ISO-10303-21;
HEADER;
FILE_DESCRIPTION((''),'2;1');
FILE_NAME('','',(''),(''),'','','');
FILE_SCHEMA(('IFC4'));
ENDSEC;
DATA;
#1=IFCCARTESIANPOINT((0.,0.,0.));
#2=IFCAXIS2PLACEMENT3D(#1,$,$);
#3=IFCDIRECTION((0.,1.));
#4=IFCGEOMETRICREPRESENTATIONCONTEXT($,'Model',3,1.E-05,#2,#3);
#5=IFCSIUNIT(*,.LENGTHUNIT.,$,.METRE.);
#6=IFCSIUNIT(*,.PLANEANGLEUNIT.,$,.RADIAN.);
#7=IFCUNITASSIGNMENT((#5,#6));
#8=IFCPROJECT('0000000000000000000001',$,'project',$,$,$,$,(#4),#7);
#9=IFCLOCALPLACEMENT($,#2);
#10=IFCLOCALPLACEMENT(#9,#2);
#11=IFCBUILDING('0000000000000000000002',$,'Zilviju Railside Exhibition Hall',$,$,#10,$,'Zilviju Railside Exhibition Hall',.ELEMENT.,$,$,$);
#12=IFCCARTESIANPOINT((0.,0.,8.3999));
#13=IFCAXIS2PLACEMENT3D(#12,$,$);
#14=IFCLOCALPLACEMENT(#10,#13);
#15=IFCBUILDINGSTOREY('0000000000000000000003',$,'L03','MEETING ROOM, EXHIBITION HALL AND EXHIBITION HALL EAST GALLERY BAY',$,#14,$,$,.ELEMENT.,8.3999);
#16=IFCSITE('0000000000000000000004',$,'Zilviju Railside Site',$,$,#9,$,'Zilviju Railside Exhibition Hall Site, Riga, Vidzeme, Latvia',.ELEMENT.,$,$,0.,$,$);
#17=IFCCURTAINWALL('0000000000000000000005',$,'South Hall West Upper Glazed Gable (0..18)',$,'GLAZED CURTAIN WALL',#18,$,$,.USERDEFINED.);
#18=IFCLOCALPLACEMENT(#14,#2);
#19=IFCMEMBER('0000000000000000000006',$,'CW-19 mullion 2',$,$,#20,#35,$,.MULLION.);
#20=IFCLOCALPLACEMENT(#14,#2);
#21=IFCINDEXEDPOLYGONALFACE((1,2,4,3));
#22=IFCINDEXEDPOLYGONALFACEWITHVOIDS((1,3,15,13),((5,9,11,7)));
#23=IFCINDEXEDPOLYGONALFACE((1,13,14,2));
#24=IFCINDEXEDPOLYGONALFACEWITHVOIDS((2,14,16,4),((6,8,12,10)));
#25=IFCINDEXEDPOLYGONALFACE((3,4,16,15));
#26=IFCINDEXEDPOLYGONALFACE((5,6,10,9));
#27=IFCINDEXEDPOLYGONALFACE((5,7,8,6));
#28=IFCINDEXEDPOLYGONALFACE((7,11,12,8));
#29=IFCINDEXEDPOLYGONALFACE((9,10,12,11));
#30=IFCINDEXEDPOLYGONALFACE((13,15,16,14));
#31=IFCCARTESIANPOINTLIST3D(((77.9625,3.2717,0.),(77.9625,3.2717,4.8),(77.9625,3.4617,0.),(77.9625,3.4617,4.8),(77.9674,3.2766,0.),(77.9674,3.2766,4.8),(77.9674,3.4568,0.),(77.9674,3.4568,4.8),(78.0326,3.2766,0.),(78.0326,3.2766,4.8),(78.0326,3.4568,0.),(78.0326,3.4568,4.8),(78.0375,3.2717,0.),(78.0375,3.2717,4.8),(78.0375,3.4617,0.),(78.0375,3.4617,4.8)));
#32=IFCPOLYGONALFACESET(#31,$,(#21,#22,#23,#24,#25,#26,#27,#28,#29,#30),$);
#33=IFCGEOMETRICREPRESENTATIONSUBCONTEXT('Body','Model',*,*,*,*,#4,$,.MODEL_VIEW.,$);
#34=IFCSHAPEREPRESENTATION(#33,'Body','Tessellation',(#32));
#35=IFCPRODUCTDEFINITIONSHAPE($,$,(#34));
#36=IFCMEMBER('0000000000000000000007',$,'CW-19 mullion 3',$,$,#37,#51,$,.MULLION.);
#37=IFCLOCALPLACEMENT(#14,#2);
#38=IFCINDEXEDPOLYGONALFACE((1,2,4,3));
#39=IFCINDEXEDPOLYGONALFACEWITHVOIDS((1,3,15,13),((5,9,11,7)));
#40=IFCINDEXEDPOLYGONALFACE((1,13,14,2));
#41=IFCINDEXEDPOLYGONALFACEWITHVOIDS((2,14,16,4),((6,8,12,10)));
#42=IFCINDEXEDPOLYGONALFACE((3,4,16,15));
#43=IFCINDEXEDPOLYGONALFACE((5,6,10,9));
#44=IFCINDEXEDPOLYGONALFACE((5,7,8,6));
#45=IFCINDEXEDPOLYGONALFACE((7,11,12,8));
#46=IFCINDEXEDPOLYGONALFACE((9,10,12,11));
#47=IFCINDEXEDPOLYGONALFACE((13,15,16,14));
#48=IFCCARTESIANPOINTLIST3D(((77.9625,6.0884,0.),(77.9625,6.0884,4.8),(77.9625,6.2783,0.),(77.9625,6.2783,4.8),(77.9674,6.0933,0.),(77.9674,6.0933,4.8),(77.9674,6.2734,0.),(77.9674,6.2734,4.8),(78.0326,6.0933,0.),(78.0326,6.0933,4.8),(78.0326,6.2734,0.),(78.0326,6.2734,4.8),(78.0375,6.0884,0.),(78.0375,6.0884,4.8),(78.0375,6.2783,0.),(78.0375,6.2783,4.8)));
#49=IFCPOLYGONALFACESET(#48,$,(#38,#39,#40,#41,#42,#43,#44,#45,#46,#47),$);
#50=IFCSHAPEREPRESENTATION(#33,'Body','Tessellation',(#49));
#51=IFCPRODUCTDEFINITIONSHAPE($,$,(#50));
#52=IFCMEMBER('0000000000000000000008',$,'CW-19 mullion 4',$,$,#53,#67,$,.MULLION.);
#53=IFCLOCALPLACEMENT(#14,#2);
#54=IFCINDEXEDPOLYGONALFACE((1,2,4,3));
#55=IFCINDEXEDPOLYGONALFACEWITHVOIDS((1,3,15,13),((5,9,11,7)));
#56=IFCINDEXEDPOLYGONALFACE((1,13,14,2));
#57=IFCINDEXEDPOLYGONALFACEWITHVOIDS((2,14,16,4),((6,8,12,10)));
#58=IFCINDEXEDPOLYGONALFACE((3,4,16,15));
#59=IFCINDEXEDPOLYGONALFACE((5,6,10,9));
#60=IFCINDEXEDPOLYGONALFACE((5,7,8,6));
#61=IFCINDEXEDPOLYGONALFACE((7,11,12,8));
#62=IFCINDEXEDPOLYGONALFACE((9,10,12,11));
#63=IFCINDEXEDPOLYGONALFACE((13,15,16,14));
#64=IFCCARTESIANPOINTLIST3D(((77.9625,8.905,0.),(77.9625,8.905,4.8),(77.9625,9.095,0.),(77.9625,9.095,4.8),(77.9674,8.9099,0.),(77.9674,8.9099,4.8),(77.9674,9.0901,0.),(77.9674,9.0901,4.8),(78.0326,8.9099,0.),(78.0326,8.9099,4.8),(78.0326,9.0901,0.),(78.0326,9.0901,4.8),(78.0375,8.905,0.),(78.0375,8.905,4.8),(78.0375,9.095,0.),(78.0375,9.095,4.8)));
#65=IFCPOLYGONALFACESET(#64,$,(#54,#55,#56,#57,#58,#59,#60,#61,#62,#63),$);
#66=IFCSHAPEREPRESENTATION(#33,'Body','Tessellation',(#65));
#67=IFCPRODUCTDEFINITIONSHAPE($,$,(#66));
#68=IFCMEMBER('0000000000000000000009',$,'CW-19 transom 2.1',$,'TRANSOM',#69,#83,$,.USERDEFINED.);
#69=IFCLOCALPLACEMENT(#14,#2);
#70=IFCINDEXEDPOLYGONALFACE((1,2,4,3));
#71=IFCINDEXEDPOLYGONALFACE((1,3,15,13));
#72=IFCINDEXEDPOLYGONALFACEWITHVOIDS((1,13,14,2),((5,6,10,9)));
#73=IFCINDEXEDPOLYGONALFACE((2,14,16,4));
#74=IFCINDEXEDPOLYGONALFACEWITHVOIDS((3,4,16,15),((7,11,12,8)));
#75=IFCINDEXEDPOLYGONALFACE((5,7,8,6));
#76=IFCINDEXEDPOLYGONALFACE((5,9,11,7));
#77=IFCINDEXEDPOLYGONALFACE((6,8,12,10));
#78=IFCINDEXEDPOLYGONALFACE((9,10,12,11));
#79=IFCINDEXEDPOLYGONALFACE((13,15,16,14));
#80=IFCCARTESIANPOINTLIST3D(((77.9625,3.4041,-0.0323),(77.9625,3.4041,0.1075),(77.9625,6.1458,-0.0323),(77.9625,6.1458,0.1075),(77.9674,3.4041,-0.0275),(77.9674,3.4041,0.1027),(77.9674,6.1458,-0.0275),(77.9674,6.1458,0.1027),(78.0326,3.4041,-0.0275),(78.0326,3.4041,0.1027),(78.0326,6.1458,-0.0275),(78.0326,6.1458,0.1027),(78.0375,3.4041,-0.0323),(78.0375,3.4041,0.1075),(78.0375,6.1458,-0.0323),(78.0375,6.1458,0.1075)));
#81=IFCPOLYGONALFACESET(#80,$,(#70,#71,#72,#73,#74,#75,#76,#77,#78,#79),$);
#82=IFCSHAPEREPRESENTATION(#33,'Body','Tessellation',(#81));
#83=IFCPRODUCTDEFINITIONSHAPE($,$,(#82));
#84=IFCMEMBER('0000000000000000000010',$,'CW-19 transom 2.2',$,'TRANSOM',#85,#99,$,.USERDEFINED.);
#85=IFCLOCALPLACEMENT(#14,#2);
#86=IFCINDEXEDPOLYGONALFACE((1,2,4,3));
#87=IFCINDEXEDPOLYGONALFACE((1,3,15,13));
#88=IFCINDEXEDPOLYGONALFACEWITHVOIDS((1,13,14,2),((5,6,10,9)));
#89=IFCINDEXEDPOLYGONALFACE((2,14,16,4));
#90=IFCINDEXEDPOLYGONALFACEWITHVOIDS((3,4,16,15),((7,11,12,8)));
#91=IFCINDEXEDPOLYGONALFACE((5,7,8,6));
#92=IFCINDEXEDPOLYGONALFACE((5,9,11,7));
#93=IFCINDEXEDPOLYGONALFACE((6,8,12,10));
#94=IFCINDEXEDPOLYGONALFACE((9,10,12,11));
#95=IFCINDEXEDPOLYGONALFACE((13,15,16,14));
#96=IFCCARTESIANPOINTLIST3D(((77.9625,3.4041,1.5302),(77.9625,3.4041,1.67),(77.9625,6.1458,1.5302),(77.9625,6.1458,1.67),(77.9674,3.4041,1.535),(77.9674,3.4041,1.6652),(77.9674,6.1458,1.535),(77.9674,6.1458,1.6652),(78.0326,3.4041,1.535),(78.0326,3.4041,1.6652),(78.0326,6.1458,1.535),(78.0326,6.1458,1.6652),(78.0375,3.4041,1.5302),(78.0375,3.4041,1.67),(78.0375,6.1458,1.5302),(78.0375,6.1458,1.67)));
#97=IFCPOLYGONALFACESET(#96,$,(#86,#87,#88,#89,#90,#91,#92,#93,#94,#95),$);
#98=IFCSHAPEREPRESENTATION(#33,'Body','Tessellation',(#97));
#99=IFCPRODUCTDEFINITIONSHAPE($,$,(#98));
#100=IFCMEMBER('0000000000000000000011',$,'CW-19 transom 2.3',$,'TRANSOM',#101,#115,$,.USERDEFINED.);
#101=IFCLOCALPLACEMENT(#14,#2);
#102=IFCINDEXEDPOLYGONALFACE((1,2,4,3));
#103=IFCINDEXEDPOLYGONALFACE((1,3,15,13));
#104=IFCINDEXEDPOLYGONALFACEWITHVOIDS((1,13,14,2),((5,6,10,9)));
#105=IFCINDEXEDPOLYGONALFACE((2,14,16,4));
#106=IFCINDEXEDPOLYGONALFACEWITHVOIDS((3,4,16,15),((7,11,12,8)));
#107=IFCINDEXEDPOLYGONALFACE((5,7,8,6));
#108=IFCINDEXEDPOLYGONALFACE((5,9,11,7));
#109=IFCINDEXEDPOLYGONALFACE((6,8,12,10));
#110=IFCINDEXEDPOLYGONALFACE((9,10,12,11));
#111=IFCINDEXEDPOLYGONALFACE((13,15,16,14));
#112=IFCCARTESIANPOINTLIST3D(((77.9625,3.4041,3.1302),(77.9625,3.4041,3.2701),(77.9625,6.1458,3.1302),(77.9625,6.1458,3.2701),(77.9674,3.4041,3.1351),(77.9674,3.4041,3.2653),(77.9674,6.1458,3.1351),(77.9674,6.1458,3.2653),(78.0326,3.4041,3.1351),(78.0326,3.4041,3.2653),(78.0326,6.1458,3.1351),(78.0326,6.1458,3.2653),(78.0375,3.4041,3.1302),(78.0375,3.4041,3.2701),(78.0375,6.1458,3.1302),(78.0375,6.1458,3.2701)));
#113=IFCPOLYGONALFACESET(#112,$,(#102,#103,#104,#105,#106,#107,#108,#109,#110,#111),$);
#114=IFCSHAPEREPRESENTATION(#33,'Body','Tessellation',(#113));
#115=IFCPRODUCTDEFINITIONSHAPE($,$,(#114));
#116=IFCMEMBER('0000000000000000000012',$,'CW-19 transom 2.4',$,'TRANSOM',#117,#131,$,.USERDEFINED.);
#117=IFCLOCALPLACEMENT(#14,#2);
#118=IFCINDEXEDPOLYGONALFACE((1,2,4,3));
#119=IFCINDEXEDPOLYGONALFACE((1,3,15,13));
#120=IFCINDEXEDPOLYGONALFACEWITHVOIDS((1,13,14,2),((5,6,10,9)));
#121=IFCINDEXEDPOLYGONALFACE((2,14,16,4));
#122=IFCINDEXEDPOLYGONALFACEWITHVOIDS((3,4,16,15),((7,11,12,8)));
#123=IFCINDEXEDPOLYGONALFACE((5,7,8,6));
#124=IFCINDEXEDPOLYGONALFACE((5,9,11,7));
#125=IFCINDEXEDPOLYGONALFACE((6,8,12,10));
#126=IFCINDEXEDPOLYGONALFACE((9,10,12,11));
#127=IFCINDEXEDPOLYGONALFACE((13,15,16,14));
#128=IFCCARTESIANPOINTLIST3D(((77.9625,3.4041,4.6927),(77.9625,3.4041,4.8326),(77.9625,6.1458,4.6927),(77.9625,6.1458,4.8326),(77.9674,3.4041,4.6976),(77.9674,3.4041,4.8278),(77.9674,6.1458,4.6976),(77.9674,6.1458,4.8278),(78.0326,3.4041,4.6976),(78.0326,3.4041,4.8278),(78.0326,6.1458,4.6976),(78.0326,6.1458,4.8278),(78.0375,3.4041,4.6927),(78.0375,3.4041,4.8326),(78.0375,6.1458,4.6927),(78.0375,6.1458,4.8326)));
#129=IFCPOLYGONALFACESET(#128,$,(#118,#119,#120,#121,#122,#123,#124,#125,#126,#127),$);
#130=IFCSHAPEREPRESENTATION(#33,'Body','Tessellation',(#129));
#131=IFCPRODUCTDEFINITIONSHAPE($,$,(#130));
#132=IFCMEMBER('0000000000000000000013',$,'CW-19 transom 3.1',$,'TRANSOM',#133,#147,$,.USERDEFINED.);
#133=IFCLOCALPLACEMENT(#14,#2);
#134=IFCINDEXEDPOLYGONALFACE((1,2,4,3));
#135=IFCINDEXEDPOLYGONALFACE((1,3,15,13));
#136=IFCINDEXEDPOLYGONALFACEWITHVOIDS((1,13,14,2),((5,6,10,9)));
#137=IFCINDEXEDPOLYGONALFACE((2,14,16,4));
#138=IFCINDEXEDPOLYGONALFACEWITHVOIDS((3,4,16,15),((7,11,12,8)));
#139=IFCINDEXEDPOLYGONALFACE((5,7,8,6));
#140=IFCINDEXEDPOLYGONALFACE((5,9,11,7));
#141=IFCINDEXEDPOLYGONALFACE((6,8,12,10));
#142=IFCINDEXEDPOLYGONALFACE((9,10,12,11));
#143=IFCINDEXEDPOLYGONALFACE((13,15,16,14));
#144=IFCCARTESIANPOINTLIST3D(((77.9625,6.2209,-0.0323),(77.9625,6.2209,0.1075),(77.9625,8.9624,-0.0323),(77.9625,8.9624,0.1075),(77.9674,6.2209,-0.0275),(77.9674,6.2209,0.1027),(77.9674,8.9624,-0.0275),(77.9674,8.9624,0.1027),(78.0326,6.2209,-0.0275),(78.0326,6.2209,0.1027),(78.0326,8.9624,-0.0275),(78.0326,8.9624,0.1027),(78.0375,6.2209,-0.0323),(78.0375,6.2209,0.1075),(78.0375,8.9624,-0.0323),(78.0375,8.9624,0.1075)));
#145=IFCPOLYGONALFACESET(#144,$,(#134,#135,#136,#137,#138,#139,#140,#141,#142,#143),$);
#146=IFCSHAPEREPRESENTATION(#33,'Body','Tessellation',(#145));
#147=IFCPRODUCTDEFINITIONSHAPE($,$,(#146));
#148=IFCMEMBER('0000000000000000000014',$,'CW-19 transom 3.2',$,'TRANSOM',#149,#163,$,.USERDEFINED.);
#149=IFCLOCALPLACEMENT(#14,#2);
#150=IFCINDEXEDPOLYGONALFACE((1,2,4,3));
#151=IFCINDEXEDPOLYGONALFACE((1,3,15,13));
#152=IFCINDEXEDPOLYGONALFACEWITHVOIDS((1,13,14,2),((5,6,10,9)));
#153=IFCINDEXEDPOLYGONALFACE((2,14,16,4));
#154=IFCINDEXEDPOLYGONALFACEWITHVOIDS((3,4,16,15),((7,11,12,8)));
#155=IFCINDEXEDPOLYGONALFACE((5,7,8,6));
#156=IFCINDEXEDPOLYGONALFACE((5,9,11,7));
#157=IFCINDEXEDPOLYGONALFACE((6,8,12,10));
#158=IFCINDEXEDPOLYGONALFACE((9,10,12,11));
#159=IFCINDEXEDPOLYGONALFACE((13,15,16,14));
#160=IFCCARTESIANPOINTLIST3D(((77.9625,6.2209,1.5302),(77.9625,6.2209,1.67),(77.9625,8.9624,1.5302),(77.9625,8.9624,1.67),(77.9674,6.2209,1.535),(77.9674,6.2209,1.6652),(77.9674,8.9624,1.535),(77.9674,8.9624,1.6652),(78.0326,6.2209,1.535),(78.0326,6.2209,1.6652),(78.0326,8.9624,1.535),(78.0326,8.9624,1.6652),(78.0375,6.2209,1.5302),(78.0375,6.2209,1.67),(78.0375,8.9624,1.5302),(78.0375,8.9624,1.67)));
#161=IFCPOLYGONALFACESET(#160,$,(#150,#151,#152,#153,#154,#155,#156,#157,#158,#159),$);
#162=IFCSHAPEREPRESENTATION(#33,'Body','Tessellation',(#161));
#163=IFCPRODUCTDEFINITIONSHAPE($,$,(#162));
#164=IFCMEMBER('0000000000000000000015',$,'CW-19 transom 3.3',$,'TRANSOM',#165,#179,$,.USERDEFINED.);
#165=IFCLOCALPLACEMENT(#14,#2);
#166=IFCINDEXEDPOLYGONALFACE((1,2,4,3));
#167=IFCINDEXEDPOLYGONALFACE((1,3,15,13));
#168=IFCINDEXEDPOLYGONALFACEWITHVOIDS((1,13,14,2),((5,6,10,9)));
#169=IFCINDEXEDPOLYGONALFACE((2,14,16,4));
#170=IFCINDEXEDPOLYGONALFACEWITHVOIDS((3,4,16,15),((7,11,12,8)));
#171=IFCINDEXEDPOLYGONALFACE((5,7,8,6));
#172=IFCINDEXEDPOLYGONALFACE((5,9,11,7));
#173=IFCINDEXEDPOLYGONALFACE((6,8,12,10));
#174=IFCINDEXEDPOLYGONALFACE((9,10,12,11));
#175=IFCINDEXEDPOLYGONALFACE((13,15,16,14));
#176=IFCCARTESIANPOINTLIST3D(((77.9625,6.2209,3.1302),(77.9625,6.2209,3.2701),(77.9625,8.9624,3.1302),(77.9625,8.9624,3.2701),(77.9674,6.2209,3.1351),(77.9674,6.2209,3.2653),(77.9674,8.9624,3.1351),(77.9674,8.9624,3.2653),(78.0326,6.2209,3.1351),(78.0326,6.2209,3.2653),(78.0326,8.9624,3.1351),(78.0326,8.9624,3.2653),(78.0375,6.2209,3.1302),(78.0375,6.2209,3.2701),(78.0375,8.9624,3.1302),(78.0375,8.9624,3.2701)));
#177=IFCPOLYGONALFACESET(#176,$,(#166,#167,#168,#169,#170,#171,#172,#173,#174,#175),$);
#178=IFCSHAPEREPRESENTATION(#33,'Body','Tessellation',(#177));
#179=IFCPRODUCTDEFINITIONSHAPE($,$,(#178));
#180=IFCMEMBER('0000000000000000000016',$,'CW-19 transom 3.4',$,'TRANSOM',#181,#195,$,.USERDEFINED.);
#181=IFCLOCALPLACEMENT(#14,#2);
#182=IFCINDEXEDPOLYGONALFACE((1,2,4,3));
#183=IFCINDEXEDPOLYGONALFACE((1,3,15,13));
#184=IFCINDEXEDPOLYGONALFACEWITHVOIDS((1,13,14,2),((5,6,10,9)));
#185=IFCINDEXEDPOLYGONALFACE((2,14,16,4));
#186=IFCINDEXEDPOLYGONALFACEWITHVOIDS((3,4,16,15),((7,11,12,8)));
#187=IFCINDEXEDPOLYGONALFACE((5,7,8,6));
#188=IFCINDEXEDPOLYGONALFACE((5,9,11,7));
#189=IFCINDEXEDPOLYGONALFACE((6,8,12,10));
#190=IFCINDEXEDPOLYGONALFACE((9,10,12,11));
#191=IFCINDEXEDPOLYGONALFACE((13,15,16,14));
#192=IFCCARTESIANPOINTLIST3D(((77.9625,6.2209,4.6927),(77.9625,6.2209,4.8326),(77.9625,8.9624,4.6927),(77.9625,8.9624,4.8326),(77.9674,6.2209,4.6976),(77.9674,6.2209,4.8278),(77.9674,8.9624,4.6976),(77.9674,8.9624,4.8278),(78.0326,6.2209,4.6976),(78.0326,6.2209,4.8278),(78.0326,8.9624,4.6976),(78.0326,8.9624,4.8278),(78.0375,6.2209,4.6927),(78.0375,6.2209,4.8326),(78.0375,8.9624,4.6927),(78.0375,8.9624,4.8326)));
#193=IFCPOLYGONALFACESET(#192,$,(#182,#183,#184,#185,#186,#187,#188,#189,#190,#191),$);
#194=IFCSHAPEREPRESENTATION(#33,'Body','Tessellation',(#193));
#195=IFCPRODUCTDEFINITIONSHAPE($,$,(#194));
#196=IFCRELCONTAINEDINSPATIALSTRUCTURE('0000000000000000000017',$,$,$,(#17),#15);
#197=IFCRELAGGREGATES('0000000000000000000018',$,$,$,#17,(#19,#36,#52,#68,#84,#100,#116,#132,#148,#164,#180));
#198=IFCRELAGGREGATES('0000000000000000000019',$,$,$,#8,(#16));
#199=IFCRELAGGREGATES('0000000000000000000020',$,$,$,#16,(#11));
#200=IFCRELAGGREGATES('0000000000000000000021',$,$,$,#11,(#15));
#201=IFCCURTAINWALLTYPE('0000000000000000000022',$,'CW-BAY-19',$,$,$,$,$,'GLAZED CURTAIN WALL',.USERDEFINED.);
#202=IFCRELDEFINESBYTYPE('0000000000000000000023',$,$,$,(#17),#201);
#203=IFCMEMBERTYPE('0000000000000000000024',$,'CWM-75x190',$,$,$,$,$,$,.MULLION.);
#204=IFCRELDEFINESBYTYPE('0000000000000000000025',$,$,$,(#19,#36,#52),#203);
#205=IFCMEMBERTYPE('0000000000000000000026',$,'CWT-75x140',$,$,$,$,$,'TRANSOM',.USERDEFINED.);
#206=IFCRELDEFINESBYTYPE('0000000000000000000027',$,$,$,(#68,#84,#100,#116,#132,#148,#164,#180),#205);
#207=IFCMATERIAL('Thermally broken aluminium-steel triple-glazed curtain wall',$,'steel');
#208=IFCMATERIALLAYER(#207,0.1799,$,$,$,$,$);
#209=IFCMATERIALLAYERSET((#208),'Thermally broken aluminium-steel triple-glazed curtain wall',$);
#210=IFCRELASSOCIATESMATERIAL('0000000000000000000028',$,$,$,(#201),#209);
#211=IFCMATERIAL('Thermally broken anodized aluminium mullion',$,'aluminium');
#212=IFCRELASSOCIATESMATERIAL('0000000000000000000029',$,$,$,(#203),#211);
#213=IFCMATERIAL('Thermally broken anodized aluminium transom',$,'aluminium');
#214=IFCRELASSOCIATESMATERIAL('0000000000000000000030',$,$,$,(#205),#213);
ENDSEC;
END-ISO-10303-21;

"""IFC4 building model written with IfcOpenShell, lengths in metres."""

from ifc_helpers import new_model, si_unit, direction, frame, origin, origin_2d, place, context, subcontext, project, spatial, hollow_rectangle, extrude, material, layer, layer_set, material_profile, profile_set, type_object, element, aggregate, save


model = new_model("IFC4")

# Units and contexts
model_context = context("Model", 3, precision=1e-05, world=origin(), true_north=direction((0.0, 1.0)))
body_context = subcontext(model_context, "Body", "Model", "MODEL_VIEW")
ifc_project = project(units=[si_unit("LENGTHUNIT", "METRE"), si_unit("PLANEANGLEUNIT", "RADIAN")], contexts=[model_context])

# Site, building, storey
site_placement = place(None, origin())
site = spatial("IfcSite", under=ifc_project, at=site_placement, Name="Zilviju Railside Site", LongName="Zilviju Railside Exhibition Hall Site, Riga, Vidzeme, Latvia", CompositionType="ELEMENT", RefElevation=0.0)
building_placement = place(site_placement, origin())
building = spatial("IfcBuilding", under=site, at=building_placement, Name="Zilviju Railside Exhibition Hall", LongName="Zilviju Railside Exhibition Hall", CompositionType="ELEMENT")
storey_placement = place(building_placement, frame((0.0, 0.0, 8.3999)))
storey = spatial("IfcBuildingStorey", under=building, at=storey_placement, Name="L03", Description="MEETING ROOM, EXHIBITION HALL AND EXHIBITION HALL EAST GALLERY BAY", CompositionType="ELEMENT", Elevation=8.3999)

# Curtain wall, members
ifc_material_1 = material(Name="Thermally broken aluminium-steel triple-glazed curtain wall", Category="steel")
ifc_layer_1 = layer(ifc_material_1, 0.1799)
ifc_layer_set_1 = layer_set([ifc_layer_1], Name="Thermally broken aluminium-steel triple-glazed curtain wall")
curtain_wall_type = type_object("IfcCurtainWallType", Name="CW-BAY-19", ElementType="GLAZED CURTAIN WALL", PredefinedType="USERDEFINED", material=ifc_layer_set_1)
curtain_wall_placement = place(storey_placement, origin())
curtain_wall = element("IfcCurtainWall", 1, at=curtain_wall_placement, inside=storey, type_object=curtain_wall_type, Name="South Hall West Upper Glazed Gable (0..18)", ObjectType="GLAZED CURTAIN WALL", PredefinedType="USERDEFINED")
ifc_material_2 = material(Name="Thermally broken anodized aluminium mullion", Category="aluminium")
ifc_material_profile_1 = material_profile(ifc_material_2, hollow_rectangle(XDim=0.075, YDim=0.1899, WallThickness=0.0049, at=origin_2d()), Name="MULLION 190x75x5")
ifc_profile_set_1 = profile_set([ifc_material_profile_1], Name="Thermally broken anodized aluminium mullion")
member_type_1 = type_object("IfcMemberType", Name="CWM-75x190", PredefinedType="MULLION", material=ifc_profile_set_1)
member_1_placement = place(storey_placement, frame((78.0, 3.3667, 0.0), z_axis=(0.0, 0.0, 1.0), x_axis=(-1.0, 0.0, 0.0)))
member_1 = element("IfcMember", 2, at=member_1_placement, type_object=member_type_1, Name="CW-19 mullion 2", PredefinedType="MULLION", context=body_context, shape_type="SweptSolid", body=[
    extrude(hollow_rectangle(XDim=0.075, YDim=0.1899, WallThickness=0.0049, at=origin_2d()), origin(), (0.0, 0.0, 1.0), 4.8),
])
member_2_placement = place(storey_placement, frame((78.0, 6.1833, 0.0), z_axis=(0.0, 0.0, 1.0), x_axis=(-1.0, 0.0, 0.0)))
member_2 = element("IfcMember", 3, at=member_2_placement, type_object=member_type_1, Name="CW-19 mullion 3", PredefinedType="MULLION", context=body_context, shape_type="SweptSolid", body=[
    extrude(hollow_rectangle(XDim=0.075, YDim=0.1899, WallThickness=0.0049, at=origin_2d()), origin(), (0.0, 0.0, 1.0), 4.8),
])
member_3_placement = place(storey_placement, frame((78.0, 9.0, 0.0), z_axis=(0.0, 0.0, 1.0), x_axis=(-1.0, 0.0, 0.0)))
member_3 = element("IfcMember", 4, at=member_3_placement, type_object=member_type_1, Name="CW-19 mullion 4", PredefinedType="MULLION", context=body_context, shape_type="SweptSolid", body=[
    extrude(hollow_rectangle(XDim=0.075, YDim=0.1899, WallThickness=0.0049, at=origin_2d()), origin(), (0.0, 0.0, 1.0), 4.8),
])
ifc_material_3 = material(Name="Thermally broken anodized aluminium transom", Category="aluminium")
ifc_material_profile_2 = material_profile(ifc_material_3, hollow_rectangle(XDim=0.075, YDim=0.1399, WallThickness=0.0049, at=origin_2d()), Name="TRANSOM 140x75x5")
ifc_profile_set_2 = profile_set([ifc_material_profile_2], Name="Thermally broken anodized aluminium transom")
member_type_2 = type_object("IfcMemberType", Name="CWT-75x140", ElementType="TRANSOM", PredefinedType="USERDEFINED", material=ifc_profile_set_2)
member_4_placement = place(storey_placement, frame((78.0, 3.4041, 0.0376), z_axis=(0.0, 1.0, 0.0), x_axis=(-1.0, 0.0, 0.0)))
member_4 = element("IfcMember", 5, at=member_4_placement, type_object=member_type_2, Name="CW-19 transom 2.1", ObjectType="TRANSOM", PredefinedType="USERDEFINED", context=body_context, shape_type="SweptSolid", body=[
    extrude(hollow_rectangle(XDim=0.075, YDim=0.1399, WallThickness=0.0049, at=origin_2d()), origin(), (0.0, 0.0, 1.0), 2.7417),
])
member_5_placement = place(storey_placement, frame((78.0, 3.4041, 1.6001), z_axis=(0.0, 1.0, 0.0), x_axis=(-1.0, 0.0, 0.0)))
member_5 = element("IfcMember", 6, at=member_5_placement, type_object=member_type_2, Name="CW-19 transom 2.2", ObjectType="TRANSOM", PredefinedType="USERDEFINED", context=body_context, shape_type="SweptSolid", body=[
    extrude(hollow_rectangle(XDim=0.075, YDim=0.1399, WallThickness=0.0049, at=origin_2d()), origin(), (0.0, 0.0, 1.0), 2.7417),
])
member_6_placement = place(storey_placement, frame((78.0, 3.4041, 3.2002), z_axis=(0.0, 1.0, 0.0), x_axis=(-1.0, 0.0, 0.0)))
member_6 = element("IfcMember", 7, at=member_6_placement, type_object=member_type_2, Name="CW-19 transom 2.3", ObjectType="TRANSOM", PredefinedType="USERDEFINED", context=body_context, shape_type="SweptSolid", body=[
    extrude(hollow_rectangle(XDim=0.075, YDim=0.1399, WallThickness=0.0049, at=origin_2d()), origin(), (0.0, 0.0, 1.0), 2.7417),
])
member_7_placement = place(storey_placement, frame((78.0, 3.4041, 4.7627), z_axis=(0.0, 1.0, 0.0), x_axis=(-1.0, 0.0, 0.0)))
member_7 = element("IfcMember", 8, at=member_7_placement, type_object=member_type_2, Name="CW-19 transom 2.4", ObjectType="TRANSOM", PredefinedType="USERDEFINED", context=body_context, shape_type="SweptSolid", body=[
    extrude(hollow_rectangle(XDim=0.075, YDim=0.1399, WallThickness=0.0049, at=origin_2d()), origin(), (0.0, 0.0, 1.0), 2.7417),
])
member_8_placement = place(storey_placement, frame((78.0, 6.2209, 0.0376), z_axis=(0.0, 1.0, 0.0), x_axis=(-1.0, 0.0, 0.0)))
member_8 = element("IfcMember", 9, at=member_8_placement, type_object=member_type_2, Name="CW-19 transom 3.1", ObjectType="TRANSOM", PredefinedType="USERDEFINED", context=body_context, shape_type="SweptSolid", body=[
    extrude(hollow_rectangle(XDim=0.075, YDim=0.1399, WallThickness=0.0049, at=origin_2d()), origin(), (0.0, 0.0, 1.0), 2.7415),
])
member_9_placement = place(storey_placement, frame((78.0, 6.2209, 1.6001), z_axis=(0.0, 1.0, 0.0), x_axis=(-1.0, 0.0, 0.0)))
member_9 = element("IfcMember", 10, at=member_9_placement, type_object=member_type_2, Name="CW-19 transom 3.2", ObjectType="TRANSOM", PredefinedType="USERDEFINED", context=body_context, shape_type="SweptSolid", body=[
    extrude(hollow_rectangle(XDim=0.075, YDim=0.1399, WallThickness=0.0049, at=origin_2d()), origin(), (0.0, 0.0, 1.0), 2.7415),
])
member_10_placement = place(storey_placement, frame((78.0, 6.2209, 3.2002), z_axis=(0.0, 1.0, 0.0), x_axis=(-1.0, 0.0, 0.0)))
member_10 = element("IfcMember", 11, at=member_10_placement, type_object=member_type_2, Name="CW-19 transom 3.3", ObjectType="TRANSOM", PredefinedType="USERDEFINED", context=body_context, shape_type="SweptSolid", body=[
    extrude(hollow_rectangle(XDim=0.075, YDim=0.1399, WallThickness=0.0049, at=origin_2d()), origin(), (0.0, 0.0, 1.0), 2.7415),
])
member_11_placement = place(storey_placement, frame((78.0, 6.2209, 4.7627), z_axis=(0.0, 1.0, 0.0), x_axis=(-1.0, 0.0, 0.0)))
member_11 = element("IfcMember", 12, at=member_11_placement, type_object=member_type_2, Name="CW-19 transom 3.4", ObjectType="TRANSOM", PredefinedType="USERDEFINED", context=body_context, shape_type="SweptSolid", body=[
    extrude(hollow_rectangle(XDim=0.075, YDim=0.1399, WallThickness=0.0049, at=origin_2d()), origin(), (0.0, 0.0, 1.0), 2.7415),
])
aggregate(curtain_wall, [member_1, member_2, member_3, member_4, member_5, member_6, member_7, member_8, member_9, member_10, member_11])

save(model, "model.ifc")
